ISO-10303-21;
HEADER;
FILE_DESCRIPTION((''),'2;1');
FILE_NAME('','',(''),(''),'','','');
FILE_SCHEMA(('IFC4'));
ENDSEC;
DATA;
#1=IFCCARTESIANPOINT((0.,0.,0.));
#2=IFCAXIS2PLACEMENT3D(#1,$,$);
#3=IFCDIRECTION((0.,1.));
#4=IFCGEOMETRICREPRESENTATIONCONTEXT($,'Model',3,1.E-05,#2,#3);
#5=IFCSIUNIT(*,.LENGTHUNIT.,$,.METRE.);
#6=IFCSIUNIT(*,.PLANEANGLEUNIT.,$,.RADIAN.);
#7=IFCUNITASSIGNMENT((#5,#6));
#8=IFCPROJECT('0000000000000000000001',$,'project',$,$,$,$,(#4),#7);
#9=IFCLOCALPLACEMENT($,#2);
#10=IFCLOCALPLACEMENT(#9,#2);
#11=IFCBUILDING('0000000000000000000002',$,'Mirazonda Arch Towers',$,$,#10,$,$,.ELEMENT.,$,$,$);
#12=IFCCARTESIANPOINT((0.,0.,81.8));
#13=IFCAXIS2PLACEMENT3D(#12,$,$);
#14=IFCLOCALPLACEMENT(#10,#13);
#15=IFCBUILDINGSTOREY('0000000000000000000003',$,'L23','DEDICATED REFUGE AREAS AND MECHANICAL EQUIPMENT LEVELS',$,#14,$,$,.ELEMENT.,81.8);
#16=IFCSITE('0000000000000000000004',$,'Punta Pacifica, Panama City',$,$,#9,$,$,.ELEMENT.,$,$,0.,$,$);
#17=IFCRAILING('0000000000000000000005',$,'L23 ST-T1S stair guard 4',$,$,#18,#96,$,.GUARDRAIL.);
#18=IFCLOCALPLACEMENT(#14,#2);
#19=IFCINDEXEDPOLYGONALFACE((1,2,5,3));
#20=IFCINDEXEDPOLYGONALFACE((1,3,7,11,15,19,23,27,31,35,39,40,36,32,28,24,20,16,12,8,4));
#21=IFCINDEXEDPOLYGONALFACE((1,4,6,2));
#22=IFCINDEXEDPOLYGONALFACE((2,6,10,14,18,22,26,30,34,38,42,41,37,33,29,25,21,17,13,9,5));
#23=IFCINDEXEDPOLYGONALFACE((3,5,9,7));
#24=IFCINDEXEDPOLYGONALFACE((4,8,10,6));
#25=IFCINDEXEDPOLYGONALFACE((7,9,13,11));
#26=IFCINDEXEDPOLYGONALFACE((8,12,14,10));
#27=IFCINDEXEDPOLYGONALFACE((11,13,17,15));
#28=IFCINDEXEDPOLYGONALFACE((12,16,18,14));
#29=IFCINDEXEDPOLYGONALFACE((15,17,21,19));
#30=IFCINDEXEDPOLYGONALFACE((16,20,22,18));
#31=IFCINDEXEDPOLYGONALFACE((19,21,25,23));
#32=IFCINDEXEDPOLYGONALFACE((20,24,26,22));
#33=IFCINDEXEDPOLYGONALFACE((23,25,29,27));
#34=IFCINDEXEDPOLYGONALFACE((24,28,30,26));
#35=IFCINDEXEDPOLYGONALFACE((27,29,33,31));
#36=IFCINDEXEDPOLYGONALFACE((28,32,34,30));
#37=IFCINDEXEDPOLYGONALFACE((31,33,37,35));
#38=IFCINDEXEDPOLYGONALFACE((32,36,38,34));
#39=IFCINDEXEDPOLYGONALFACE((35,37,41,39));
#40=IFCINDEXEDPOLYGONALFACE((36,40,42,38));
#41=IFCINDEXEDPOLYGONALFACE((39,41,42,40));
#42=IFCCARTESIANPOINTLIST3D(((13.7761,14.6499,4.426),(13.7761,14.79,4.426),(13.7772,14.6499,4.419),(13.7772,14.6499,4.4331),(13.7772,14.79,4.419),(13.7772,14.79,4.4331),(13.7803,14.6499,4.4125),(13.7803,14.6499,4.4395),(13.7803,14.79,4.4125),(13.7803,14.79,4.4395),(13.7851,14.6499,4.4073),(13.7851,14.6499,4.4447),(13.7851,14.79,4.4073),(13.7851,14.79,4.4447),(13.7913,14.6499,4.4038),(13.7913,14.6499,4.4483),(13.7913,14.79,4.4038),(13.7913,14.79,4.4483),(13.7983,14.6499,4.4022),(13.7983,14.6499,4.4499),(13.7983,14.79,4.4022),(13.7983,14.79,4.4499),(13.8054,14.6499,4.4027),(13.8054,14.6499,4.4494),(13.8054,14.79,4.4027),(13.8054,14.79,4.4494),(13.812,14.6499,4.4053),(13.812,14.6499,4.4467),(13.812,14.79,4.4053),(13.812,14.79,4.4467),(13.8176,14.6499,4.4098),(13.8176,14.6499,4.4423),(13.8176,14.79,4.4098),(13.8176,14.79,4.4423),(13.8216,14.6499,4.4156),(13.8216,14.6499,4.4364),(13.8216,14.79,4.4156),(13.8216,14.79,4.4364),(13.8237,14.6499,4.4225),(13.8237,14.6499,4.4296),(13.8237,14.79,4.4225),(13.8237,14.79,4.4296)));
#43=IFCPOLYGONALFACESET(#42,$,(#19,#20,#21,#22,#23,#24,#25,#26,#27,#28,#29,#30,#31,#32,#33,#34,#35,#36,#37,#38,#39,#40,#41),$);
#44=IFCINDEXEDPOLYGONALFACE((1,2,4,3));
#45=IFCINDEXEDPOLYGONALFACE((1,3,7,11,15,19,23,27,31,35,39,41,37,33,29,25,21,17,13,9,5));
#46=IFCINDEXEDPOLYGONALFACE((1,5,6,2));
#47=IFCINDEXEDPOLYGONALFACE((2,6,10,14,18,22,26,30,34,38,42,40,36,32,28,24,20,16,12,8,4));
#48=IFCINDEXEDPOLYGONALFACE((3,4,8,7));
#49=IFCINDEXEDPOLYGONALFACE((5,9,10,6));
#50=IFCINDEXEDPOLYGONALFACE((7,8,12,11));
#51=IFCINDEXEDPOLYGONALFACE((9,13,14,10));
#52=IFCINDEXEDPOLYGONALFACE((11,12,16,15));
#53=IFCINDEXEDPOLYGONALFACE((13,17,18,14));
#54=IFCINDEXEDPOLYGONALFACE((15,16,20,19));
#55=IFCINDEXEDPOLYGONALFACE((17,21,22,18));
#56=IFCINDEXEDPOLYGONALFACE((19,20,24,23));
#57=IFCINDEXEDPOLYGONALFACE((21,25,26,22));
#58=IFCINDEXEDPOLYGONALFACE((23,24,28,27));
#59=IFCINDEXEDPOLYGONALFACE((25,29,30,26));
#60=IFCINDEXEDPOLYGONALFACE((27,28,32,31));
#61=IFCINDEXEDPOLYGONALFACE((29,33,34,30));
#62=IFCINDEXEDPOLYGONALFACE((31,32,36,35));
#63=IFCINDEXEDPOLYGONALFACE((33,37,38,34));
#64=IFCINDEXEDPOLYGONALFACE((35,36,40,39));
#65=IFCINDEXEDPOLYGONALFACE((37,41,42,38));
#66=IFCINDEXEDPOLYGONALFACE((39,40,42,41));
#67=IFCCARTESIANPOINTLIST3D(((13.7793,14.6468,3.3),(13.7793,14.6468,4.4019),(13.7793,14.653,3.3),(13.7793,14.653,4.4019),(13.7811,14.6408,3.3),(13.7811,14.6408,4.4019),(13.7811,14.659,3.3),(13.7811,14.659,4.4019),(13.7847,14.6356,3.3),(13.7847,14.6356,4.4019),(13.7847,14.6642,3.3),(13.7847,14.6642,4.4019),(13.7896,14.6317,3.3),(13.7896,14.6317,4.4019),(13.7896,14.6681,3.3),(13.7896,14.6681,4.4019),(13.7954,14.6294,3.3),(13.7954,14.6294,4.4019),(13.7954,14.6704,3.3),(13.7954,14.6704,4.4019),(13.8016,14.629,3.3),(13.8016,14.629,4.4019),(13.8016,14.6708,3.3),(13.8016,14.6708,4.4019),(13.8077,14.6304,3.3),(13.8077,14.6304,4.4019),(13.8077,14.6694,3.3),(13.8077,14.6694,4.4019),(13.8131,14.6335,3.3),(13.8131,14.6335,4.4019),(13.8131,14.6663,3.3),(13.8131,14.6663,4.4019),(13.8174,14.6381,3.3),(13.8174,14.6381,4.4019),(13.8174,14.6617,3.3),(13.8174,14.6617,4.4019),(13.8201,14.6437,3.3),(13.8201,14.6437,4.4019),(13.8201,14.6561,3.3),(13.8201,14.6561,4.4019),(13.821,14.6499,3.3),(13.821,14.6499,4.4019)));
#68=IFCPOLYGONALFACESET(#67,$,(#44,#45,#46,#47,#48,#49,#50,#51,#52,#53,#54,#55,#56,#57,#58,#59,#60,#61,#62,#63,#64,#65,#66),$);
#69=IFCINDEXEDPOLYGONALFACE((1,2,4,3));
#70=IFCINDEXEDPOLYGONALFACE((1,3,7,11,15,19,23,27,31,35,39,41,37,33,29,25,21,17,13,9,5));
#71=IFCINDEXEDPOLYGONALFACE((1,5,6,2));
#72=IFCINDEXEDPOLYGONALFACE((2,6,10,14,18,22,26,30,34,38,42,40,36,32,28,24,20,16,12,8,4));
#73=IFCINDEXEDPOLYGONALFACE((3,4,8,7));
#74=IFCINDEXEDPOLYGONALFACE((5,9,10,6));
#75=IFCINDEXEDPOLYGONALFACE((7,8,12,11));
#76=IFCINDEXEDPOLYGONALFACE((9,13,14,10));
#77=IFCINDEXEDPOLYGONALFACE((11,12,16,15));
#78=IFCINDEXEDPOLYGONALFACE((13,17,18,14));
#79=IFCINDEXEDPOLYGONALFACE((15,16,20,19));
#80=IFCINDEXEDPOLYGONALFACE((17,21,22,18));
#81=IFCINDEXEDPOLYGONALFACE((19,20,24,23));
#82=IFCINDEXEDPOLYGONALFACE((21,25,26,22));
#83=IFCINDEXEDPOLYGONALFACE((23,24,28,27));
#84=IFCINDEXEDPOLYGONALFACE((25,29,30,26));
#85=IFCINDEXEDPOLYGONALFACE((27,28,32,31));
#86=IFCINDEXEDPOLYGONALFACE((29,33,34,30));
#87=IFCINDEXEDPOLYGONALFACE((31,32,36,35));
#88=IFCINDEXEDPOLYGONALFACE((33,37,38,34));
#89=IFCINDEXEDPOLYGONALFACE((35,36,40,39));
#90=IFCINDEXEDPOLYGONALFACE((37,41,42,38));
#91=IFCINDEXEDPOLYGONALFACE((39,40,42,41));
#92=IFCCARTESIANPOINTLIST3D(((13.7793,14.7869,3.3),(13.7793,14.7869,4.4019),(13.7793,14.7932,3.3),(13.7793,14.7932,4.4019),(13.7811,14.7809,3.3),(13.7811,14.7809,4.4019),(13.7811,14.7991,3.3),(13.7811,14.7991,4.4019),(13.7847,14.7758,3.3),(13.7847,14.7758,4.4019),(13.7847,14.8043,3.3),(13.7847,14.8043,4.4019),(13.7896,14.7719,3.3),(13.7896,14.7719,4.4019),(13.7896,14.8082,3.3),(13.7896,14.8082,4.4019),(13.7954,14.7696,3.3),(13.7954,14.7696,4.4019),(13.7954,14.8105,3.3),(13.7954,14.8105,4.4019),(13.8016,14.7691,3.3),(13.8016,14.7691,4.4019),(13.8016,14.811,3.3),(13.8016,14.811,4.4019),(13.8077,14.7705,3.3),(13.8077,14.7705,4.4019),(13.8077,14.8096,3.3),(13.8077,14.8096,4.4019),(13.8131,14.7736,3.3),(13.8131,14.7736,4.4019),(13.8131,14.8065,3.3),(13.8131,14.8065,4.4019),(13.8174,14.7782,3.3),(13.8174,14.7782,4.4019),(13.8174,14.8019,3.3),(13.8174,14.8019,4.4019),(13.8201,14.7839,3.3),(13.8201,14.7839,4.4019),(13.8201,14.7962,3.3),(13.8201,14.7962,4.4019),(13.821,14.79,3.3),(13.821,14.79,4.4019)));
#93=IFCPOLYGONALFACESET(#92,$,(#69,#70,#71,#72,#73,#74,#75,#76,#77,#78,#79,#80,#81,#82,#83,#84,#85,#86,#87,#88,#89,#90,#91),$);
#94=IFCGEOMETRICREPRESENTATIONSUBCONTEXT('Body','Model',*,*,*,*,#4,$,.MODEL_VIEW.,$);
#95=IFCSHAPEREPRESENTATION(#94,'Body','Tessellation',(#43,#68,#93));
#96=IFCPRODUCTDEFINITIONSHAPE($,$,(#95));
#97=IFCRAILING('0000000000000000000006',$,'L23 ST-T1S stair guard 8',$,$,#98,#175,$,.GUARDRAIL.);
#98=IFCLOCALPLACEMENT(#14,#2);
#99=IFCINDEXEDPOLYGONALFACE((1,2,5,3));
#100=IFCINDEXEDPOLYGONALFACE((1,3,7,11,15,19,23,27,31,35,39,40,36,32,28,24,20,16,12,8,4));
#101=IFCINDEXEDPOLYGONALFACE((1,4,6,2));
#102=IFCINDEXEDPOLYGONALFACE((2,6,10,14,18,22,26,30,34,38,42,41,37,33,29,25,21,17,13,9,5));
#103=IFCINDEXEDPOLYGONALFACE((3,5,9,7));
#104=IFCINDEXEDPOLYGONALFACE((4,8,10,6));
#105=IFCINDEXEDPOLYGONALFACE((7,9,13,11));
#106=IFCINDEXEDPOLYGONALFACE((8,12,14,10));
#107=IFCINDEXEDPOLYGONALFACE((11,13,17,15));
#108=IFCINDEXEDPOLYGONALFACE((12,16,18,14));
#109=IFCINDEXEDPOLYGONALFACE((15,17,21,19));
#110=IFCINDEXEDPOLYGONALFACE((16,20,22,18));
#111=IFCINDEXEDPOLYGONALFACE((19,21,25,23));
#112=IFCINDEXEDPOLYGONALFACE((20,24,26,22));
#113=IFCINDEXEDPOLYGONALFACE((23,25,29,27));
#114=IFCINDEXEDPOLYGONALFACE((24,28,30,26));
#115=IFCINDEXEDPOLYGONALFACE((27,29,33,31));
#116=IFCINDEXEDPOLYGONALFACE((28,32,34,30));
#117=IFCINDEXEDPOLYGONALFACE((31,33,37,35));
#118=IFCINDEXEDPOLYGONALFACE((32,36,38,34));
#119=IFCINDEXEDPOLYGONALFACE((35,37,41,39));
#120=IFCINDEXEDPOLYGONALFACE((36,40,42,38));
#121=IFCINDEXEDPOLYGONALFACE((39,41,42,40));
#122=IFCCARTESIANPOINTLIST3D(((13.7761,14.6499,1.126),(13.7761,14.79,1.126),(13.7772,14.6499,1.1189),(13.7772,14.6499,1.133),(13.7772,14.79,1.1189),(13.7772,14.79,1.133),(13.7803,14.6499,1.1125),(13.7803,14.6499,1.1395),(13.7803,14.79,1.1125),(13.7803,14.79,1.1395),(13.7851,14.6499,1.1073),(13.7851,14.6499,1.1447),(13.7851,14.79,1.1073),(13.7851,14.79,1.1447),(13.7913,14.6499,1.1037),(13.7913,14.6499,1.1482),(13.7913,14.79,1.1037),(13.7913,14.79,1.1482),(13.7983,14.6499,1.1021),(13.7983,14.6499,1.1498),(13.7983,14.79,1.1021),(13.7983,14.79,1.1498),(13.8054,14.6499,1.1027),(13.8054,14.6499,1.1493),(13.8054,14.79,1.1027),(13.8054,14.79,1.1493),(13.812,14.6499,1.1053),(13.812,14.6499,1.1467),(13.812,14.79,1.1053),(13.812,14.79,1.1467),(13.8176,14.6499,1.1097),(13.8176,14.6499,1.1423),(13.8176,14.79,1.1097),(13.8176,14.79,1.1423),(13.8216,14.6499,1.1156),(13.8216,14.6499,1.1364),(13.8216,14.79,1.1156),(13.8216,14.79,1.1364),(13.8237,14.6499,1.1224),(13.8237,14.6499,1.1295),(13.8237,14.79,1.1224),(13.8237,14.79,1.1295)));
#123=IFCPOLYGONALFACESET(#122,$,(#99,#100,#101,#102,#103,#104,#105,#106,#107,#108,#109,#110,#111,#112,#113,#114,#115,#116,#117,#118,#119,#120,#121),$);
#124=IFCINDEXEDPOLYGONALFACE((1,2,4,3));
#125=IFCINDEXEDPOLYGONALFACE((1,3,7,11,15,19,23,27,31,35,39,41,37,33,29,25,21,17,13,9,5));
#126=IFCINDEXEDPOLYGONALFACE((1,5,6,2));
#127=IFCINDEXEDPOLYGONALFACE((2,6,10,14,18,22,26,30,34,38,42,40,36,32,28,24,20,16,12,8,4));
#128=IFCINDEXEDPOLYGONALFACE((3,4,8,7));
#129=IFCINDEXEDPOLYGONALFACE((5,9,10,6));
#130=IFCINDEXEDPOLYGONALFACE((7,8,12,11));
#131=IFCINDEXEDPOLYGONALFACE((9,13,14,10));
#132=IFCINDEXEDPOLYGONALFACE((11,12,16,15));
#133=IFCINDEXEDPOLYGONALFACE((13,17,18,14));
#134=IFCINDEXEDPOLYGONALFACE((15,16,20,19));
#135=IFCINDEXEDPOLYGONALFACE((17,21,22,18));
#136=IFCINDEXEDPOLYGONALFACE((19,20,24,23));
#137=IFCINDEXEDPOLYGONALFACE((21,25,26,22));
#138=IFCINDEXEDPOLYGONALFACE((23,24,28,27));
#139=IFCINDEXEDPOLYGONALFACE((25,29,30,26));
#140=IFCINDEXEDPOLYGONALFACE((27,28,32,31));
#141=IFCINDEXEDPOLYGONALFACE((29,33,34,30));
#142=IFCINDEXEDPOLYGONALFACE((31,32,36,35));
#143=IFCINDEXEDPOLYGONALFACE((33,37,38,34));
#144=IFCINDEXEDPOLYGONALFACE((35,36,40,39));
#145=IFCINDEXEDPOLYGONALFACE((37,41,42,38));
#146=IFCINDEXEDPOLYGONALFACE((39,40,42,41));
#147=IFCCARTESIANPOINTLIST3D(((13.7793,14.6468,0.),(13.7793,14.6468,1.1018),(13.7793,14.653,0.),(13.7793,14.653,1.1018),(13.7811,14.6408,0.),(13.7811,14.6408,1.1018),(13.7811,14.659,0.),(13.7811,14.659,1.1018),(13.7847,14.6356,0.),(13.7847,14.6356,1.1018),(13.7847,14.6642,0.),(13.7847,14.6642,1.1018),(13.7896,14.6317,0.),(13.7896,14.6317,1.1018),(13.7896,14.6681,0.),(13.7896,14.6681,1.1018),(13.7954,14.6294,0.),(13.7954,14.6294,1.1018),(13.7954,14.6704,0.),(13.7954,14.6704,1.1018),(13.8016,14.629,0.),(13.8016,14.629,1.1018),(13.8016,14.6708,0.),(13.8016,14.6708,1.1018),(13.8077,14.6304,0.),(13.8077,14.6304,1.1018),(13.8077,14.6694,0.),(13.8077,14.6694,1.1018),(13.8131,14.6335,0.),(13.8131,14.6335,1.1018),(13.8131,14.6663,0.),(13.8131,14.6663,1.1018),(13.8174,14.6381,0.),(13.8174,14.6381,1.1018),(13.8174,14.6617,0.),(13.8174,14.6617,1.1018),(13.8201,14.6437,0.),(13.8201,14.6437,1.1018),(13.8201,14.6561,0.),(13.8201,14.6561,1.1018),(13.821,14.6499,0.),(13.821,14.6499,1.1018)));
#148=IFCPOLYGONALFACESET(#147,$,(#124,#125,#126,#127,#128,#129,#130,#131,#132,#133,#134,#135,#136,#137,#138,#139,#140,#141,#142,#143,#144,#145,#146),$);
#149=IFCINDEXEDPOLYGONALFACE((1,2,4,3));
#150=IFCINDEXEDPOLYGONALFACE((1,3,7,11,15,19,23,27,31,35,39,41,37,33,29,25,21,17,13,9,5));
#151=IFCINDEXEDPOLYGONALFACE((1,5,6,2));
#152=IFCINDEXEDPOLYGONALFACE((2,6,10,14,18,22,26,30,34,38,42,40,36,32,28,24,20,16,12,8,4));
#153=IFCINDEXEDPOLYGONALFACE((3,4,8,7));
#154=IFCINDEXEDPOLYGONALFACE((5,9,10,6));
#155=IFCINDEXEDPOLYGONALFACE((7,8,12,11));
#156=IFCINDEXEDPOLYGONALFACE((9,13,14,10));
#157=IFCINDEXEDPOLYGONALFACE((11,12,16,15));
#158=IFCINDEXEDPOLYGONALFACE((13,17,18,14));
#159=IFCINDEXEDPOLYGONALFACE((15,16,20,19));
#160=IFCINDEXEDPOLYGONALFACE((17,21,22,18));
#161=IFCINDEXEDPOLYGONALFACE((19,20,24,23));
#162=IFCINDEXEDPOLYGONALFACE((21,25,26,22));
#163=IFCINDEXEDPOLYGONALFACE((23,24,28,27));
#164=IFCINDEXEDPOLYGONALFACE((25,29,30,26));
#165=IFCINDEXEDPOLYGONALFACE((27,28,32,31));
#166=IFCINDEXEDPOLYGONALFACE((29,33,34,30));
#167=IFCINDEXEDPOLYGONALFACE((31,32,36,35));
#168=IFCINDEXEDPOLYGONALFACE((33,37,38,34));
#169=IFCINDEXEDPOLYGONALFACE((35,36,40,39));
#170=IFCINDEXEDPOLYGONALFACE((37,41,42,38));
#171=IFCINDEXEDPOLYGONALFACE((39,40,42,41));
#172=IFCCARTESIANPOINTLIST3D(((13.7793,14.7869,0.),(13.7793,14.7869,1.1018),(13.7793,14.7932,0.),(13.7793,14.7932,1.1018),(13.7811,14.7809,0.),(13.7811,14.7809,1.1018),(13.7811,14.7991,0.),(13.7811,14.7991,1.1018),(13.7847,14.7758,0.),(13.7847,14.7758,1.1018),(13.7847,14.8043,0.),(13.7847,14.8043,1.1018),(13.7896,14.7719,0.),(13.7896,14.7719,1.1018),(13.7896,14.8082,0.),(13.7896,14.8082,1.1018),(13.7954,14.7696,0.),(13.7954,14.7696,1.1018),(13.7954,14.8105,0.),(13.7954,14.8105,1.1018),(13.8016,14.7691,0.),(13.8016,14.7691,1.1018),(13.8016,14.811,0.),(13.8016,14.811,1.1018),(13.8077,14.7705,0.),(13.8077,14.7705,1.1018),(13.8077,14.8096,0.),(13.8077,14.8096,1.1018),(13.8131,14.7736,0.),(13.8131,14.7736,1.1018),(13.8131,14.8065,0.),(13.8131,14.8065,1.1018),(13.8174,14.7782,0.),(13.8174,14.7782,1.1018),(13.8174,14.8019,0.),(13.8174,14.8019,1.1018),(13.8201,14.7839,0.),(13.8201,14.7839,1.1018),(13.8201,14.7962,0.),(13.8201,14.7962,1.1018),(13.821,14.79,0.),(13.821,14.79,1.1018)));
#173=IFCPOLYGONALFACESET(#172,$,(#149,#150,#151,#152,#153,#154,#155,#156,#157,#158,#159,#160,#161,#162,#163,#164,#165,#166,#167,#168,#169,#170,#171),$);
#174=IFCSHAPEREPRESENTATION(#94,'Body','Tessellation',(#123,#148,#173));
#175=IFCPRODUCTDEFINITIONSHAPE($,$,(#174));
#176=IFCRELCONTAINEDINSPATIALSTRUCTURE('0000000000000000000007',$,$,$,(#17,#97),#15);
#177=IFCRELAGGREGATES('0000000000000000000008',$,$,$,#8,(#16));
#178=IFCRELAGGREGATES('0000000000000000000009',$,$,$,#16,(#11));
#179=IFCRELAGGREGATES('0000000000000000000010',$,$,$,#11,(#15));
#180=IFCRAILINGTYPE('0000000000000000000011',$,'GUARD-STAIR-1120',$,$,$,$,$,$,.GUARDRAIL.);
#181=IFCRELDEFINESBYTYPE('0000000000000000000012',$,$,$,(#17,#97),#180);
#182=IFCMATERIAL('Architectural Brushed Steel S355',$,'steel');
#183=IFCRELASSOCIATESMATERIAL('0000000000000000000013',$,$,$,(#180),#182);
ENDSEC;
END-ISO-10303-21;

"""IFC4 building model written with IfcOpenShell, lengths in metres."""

from ifc_helpers import new_model, si_unit, direction, frame, origin, origin_2d, place, context, subcontext, project, spatial, circle, extrude, material, type_object, element, save


model = new_model("IFC4")

# Units and contexts
model_context = context("Model", 3, precision=1e-05, world=origin(), true_north=direction((0.0, 1.0)))
body_context = subcontext(model_context, "Body", "Model", "MODEL_VIEW")
ifc_project = project(units=[si_unit("LENGTHUNIT", "METRE"), si_unit("PLANEANGLEUNIT", "RADIAN")], contexts=[model_context])

# Site, building, storey
site_placement = place(None, origin())
site = spatial("IfcSite", under=ifc_project, at=site_placement, Name="Punta Pacifica, Panama City", CompositionType="ELEMENT", RefElevation=0.0)
building_placement = place(site_placement, origin())
building = spatial("IfcBuilding", under=site, at=building_placement, Name="Mirazonda Arch Towers", CompositionType="ELEMENT")
storey_placement = place(building_placement, frame((0.0, 0.0, 81.8)))
storey = spatial("IfcBuildingStorey", under=building, at=storey_placement, Name="L23", Description="DEDICATED REFUGE AREAS AND MECHANICAL EQUIPMENT LEVELS", CompositionType="ELEMENT", Elevation=81.8)

# Shared definitions
ifc_material_1 = material(Name="Architectural Brushed Steel S355", Category="steel")

# Railings
railing_type_1 = type_object("IfcRailingType", Name="GUARD-STAIR-1120", PredefinedType="GUARDRAIL", material=ifc_material_1)
for number, where, name in (
    (1, (13.8, 14.6499, 3.3), "L23 ST-T1S stair guard 4"),
    (2, (13.8, 14.6499, 0.0), "L23 ST-T1S stair guard 8"),
):
    element("IfcRailing", number, at=place(storey_placement, frame(where)), inside=storey, type_object=railing_type_1, Name=name, PredefinedType="GUARDRAIL", context=body_context, shape_type="SweptSolid", body=[
        extrude(circle(Radius=0.0239, at=origin_2d()), frame((0.0, 0.0, 1.126), z_axis=(0.0, 1.0, 0.0), x_axis=(-1.0, 0.0, 0.0)), (0.0, 0.0, 1.0), 0.1401),
        extrude(circle(Radius=0.021, at=origin_2d()), origin(), (0.0, 0.0, 1.0), 1.1018),
        extrude(circle(Radius=0.021, at=origin_2d()), frame((0.0, 0.1401, 0.0)), (0.0, 0.0, 1.0), 1.1018),
    ])

save(model, "model.ifc")
